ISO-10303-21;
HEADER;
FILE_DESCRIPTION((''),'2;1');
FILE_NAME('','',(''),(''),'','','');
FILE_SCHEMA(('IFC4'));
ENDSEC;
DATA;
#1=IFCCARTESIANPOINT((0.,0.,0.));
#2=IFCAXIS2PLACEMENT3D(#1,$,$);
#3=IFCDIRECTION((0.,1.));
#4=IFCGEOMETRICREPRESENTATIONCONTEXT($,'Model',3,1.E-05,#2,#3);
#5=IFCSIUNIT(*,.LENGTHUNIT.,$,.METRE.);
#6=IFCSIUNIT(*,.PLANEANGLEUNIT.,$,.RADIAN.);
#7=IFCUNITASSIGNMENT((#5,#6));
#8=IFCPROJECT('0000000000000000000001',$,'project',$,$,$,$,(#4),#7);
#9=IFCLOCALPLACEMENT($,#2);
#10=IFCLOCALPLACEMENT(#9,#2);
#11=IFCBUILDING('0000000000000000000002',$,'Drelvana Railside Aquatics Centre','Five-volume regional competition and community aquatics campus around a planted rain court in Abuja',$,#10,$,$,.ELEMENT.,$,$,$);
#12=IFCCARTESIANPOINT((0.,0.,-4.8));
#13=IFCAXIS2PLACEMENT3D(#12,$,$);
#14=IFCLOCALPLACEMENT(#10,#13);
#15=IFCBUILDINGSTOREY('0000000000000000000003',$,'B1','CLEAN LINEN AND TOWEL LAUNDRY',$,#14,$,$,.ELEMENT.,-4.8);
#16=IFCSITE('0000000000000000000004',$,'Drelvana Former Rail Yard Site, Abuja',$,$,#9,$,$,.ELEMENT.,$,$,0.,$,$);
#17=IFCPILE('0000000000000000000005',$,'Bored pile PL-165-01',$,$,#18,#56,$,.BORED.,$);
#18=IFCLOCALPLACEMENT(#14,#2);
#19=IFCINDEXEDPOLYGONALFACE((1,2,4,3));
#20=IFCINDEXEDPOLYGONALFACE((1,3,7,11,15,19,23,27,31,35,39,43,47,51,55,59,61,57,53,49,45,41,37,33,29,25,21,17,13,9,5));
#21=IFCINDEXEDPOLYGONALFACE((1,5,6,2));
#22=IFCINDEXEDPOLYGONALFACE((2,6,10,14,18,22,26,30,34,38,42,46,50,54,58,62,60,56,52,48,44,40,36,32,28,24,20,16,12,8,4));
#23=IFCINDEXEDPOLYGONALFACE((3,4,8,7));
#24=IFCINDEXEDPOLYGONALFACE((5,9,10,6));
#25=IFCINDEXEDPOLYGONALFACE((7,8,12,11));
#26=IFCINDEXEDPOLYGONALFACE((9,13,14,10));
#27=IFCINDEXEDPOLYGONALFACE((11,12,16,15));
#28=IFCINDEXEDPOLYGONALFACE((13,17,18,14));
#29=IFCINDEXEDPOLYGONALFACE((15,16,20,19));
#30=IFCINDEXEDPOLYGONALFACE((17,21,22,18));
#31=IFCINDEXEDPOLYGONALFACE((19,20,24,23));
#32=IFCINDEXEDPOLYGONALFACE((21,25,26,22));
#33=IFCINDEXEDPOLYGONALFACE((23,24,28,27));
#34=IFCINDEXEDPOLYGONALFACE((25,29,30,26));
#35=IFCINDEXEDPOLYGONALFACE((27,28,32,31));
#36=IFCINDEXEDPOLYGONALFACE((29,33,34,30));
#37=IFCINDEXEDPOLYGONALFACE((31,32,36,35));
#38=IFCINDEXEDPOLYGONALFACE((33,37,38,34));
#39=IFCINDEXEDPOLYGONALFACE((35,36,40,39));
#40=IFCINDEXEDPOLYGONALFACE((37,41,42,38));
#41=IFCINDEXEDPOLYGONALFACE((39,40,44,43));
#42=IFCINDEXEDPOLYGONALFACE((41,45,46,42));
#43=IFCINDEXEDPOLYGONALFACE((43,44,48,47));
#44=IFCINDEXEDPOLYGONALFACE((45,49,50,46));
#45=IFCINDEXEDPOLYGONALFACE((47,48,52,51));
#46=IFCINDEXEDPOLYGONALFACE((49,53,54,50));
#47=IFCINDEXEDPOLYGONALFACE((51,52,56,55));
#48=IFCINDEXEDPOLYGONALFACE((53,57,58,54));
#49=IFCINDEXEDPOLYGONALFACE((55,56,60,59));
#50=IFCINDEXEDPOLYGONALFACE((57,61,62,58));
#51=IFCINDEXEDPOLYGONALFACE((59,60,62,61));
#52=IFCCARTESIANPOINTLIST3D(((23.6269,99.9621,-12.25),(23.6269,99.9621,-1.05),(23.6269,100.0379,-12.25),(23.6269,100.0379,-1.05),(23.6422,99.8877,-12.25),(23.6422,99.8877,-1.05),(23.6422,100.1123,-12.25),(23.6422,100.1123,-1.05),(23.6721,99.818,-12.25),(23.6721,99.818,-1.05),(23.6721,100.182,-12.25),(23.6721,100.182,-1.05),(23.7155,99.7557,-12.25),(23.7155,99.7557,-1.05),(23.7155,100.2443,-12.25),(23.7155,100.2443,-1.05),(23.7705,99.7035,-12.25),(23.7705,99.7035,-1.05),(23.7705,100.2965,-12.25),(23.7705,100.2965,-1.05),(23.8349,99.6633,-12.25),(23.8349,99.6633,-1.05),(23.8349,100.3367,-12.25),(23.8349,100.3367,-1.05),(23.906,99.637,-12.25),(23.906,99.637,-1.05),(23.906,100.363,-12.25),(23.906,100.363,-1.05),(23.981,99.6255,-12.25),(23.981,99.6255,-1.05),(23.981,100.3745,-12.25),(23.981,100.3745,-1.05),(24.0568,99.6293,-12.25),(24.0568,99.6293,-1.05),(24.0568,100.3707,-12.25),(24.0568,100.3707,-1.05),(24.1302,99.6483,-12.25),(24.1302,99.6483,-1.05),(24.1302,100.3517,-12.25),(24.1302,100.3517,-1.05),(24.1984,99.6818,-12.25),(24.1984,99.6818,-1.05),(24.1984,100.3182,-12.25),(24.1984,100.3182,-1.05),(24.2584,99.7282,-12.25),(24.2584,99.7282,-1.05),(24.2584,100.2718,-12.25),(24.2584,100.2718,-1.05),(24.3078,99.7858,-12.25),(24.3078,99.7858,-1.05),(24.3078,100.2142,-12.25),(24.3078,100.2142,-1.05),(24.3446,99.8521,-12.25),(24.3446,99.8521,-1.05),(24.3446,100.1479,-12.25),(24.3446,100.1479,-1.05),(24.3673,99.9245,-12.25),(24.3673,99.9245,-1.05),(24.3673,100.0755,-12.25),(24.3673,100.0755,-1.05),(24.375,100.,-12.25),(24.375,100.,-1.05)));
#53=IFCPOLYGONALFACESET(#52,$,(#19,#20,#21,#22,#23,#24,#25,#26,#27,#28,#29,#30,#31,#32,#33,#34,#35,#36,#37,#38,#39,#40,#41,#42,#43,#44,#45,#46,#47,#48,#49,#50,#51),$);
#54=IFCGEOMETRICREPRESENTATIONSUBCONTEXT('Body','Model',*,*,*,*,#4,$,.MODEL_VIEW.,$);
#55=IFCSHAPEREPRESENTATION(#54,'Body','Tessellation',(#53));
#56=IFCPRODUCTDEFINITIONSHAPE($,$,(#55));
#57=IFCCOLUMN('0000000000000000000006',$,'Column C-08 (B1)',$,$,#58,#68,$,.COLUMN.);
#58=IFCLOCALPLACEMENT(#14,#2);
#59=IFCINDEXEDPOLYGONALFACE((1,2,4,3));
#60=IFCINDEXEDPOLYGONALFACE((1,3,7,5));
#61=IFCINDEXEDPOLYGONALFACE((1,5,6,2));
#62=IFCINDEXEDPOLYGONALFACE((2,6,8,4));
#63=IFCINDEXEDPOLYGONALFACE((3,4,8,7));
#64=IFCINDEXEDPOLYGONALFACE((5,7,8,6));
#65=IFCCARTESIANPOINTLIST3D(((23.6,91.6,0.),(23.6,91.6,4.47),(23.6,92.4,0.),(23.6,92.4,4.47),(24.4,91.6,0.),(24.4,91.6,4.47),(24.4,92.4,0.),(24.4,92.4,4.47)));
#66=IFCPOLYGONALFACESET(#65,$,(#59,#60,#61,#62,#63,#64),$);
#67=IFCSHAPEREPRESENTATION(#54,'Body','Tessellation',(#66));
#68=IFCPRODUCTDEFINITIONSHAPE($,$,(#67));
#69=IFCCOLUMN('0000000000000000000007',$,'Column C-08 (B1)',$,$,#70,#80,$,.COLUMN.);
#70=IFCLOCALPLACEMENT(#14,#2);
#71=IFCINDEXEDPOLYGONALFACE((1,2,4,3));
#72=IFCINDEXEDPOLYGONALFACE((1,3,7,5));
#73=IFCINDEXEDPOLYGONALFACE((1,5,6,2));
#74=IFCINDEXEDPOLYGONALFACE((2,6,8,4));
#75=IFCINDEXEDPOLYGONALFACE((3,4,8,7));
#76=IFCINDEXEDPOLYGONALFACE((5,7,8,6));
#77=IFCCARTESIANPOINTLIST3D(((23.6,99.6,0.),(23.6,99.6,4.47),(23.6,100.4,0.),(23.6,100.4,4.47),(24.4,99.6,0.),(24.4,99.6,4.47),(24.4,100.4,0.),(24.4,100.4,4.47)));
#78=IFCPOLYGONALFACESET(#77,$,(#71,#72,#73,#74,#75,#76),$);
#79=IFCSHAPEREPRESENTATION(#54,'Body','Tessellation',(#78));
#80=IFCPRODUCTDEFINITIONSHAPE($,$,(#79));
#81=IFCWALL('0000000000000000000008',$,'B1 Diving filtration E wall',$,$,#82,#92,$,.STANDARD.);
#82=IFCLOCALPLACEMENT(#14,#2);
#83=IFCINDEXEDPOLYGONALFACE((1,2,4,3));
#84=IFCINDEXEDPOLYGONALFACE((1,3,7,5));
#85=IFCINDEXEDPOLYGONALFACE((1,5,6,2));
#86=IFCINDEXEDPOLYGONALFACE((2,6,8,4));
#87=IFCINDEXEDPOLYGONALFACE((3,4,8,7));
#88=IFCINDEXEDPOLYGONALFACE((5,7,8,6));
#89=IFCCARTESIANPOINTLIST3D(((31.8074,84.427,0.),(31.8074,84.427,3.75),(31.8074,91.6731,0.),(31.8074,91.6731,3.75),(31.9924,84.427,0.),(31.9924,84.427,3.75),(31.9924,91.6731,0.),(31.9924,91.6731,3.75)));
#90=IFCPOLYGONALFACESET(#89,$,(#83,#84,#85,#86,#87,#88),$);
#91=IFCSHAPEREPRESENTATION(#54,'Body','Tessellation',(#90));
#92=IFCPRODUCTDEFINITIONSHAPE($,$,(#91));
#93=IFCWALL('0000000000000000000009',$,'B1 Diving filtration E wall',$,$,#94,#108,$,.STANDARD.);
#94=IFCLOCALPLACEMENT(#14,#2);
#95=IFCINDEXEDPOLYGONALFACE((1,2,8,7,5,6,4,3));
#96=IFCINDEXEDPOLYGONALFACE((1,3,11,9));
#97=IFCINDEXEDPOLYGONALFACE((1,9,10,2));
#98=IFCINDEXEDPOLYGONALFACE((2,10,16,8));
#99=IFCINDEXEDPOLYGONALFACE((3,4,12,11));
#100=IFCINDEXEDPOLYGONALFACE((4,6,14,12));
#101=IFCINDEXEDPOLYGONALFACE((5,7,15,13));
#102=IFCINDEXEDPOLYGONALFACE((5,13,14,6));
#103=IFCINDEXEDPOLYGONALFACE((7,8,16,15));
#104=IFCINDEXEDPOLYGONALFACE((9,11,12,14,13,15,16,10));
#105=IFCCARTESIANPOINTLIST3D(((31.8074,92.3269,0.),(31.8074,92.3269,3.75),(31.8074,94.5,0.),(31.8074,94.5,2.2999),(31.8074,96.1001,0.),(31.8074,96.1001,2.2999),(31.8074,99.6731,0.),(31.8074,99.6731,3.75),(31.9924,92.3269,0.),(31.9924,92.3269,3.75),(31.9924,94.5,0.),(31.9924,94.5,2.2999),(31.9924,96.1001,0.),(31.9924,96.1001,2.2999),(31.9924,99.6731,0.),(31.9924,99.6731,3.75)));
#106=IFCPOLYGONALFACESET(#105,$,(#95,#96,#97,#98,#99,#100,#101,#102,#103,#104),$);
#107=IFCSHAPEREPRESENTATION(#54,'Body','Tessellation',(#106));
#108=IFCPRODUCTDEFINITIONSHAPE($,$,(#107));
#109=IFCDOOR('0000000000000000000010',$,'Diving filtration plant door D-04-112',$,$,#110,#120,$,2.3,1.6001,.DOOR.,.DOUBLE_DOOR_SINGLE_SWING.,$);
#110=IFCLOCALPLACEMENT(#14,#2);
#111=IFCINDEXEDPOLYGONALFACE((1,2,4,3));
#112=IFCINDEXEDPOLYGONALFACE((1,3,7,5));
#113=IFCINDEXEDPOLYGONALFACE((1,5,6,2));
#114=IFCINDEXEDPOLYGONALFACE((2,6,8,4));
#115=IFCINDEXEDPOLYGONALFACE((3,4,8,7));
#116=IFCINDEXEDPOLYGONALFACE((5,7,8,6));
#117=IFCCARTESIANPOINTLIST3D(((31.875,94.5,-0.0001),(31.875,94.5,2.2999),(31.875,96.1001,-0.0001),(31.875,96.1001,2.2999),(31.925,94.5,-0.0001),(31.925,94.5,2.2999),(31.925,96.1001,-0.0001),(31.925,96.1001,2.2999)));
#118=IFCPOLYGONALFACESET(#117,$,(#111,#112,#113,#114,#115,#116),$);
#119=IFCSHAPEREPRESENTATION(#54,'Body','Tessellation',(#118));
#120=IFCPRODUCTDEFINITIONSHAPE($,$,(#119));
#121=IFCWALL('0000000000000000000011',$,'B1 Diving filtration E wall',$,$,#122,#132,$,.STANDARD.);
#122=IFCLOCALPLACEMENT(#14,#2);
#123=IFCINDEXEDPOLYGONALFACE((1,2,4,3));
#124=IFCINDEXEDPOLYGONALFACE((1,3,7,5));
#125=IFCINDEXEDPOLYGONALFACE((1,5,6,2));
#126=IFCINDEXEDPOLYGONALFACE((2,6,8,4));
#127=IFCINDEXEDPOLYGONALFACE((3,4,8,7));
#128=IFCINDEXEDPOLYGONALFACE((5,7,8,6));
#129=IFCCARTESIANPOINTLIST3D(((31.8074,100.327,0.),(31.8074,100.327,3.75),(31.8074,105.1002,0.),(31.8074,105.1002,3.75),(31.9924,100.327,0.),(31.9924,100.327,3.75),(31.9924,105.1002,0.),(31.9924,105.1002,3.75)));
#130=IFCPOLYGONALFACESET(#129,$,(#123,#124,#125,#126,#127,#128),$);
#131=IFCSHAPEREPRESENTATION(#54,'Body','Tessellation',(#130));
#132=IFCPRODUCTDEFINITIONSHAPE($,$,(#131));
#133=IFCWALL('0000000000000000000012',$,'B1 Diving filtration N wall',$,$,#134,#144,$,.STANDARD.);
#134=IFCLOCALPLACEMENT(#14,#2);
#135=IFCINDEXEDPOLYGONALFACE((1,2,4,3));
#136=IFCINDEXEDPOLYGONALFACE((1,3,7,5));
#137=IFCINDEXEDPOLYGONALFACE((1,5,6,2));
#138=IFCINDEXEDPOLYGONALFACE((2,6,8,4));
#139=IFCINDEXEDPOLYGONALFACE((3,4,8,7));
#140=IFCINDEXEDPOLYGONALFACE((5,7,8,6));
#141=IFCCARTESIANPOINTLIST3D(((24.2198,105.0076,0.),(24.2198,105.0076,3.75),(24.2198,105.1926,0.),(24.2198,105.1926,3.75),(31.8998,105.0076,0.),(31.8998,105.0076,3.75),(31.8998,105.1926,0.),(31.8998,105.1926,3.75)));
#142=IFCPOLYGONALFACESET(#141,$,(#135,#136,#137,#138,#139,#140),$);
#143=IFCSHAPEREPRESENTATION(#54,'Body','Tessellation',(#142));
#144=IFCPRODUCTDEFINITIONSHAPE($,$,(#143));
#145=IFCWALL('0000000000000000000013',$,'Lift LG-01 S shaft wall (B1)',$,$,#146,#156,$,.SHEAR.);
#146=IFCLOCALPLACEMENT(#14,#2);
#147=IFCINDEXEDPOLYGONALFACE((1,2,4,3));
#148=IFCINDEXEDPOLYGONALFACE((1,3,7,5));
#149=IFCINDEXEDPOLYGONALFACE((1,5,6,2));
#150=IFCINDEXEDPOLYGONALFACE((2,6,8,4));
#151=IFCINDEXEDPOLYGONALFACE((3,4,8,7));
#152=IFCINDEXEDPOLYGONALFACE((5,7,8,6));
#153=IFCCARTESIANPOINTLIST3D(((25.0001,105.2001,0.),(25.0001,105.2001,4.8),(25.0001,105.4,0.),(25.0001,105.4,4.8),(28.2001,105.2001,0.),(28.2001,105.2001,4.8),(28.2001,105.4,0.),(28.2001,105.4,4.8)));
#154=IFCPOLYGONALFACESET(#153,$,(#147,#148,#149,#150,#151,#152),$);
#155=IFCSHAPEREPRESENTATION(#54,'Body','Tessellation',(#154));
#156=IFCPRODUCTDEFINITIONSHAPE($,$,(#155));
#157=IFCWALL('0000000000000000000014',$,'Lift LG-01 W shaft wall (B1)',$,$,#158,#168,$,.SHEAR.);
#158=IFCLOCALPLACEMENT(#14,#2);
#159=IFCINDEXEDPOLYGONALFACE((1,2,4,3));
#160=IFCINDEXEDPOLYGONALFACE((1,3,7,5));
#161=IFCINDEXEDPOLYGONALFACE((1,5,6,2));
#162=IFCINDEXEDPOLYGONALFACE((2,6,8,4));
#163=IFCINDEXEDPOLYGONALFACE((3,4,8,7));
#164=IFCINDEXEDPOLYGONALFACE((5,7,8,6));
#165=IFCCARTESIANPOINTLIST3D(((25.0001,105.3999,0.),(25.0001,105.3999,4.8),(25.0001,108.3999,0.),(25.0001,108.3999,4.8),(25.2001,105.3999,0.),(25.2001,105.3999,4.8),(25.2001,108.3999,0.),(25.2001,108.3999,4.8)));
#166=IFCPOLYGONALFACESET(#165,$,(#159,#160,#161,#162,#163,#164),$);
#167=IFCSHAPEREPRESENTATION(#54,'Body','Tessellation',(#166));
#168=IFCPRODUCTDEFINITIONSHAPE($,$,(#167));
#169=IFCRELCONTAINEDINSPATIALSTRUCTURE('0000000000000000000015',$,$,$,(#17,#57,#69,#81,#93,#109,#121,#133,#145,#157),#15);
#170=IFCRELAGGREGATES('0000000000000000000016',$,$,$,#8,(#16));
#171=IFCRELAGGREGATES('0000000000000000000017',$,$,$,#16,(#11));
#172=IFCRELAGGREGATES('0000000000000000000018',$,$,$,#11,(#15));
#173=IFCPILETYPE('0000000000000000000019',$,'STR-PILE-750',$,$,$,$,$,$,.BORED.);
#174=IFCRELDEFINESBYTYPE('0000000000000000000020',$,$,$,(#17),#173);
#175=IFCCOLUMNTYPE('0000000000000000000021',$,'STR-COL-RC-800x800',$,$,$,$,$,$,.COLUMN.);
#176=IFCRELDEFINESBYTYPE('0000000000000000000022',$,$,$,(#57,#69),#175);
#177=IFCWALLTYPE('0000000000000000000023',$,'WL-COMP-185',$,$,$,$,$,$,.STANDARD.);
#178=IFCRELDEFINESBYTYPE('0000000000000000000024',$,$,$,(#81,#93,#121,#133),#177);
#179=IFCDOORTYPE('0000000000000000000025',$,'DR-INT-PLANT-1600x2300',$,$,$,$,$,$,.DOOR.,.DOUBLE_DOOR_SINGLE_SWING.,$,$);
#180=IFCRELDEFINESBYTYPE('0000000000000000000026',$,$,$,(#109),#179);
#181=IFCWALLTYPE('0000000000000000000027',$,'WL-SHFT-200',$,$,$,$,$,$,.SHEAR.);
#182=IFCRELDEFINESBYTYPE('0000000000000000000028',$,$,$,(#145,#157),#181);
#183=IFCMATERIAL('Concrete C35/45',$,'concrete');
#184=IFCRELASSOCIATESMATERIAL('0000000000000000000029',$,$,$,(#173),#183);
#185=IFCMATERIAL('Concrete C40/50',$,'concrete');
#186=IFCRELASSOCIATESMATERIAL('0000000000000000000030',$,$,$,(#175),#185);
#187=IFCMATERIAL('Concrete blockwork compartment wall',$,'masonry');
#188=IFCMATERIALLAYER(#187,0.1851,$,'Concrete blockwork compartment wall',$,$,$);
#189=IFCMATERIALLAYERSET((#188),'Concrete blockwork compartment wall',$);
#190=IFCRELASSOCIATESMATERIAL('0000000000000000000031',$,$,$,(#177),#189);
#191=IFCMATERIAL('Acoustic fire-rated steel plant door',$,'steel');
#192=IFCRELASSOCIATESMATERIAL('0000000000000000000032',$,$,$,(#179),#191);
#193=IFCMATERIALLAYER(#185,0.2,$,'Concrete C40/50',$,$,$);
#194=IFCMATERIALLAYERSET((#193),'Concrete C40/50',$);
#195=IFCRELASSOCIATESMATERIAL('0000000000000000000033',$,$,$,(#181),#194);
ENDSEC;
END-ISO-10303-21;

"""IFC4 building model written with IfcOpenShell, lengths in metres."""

from ifc_helpers import new_model, si_unit, direction, frame, frame_2d, origin, origin_2d, place, context, subcontext, project, spatial, rectangle, circle, extrude, material, layer, layer_set, material_profile, profile_set, type_object, element, fill, save


model = new_model("IFC4")

# Units and contexts
model_context = context("Model", 3, precision=1e-05, world=origin(), true_north=direction((0.0, 1.0)))
body_context = subcontext(model_context, "Body", "Model", "MODEL_VIEW")
ifc_project = project(units=[si_unit("LENGTHUNIT", "METRE"), si_unit("PLANEANGLEUNIT", "RADIAN")], contexts=[model_context])

# Site, building, storey
site_placement = place(None, origin())
site = spatial("IfcSite", under=ifc_project, at=site_placement, Name="Drelvana Former Rail Yard Site, Abuja", CompositionType="ELEMENT", RefElevation=0.0)
building_placement = place(site_placement, origin())
building = spatial("IfcBuilding", under=site, at=building_placement, Name="Drelvana Railside Aquatics Centre", Description="Five-volume regional competition and community aquatics campus around a planted rain court in Abuja", CompositionType="ELEMENT")
storey_placement = place(building_placement, frame((0.0, 0.0, -4.8)))
storey = spatial("IfcBuildingStorey", under=building, at=storey_placement, Name="B1", Description="CLEAN LINEN AND TOWEL LAUNDRY", CompositionType="ELEMENT", Elevation=-4.8)

# Shared definitions
ifc_material_1 = material(Name="Concrete C35/45", Category="concrete")

# Pile
ifc_material_profile_1 = material_profile(ifc_material_1, circle(Radius=0.375, at=origin_2d()), Name="PILE D750")
ifc_profile_set_1 = profile_set([ifc_material_profile_1], Name="Concrete C35/45")
pile_type = type_object("IfcPileType", Name="STR-PILE-750", PredefinedType="BORED", material=ifc_profile_set_1)
for number, where, z_axis, x_axis, name in (
    (1, (24.0, 100.0, -1.05), (0.0, 0.0, -1.0), (1.0, 0.0, 0.0), "Bored pile PL-165-01"),
):
    element("IfcPile", number, at=place(storey_placement, frame(where, z_axis=z_axis, x_axis=x_axis)), inside=storey, type_object=pile_type, Name=name, PredefinedType="BORED", context=body_context, shape_type="SweptSolid", body=[
        extrude(circle(Radius=0.375, at=origin_2d()), origin(), (0.0, 0.0, 1.0), 11.2),
    ])

# Columns
ifc_material_2 = material(Name="Concrete C40/50", Category="concrete")
ifc_material_profile_2 = material_profile(ifc_material_2, rectangle(XDim=0.8, YDim=0.8, at=origin_2d()), Name="RC 800x800")
ifc_profile_set_2 = profile_set([ifc_material_profile_2], Name="Concrete C40/50")
column_type = type_object("IfcColumnType", Name="STR-COL-RC-800x800", PredefinedType="COLUMN", material=ifc_profile_set_2)
for number, where, z_axis, x_axis, name in (
    (2, (24.0, 92.0, 0.0), (0.0, 0.0, 1.0), (1.0, 0.0, 0.0), "Column C-08 (B1)"),
    (3, (24.0, 100.0, 0.0), (0.0, 0.0, 1.0), (1.0, 0.0, 0.0), "Column C-08 (B1)"),
):
    element("IfcColumn", number, at=place(storey_placement, frame(where, z_axis=z_axis, x_axis=x_axis)), inside=storey, type_object=column_type, Name=name, PredefinedType="COLUMN", context=body_context, shape_type="SweptSolid", body=[
        extrude(rectangle(XDim=0.8, YDim=0.8, at=origin_2d()), origin(), (0.0, 0.0, 1.0), 4.47),
    ])

# Wall
ifc_material_3 = material(Name="Concrete blockwork compartment wall", Category="masonry")
ifc_layer_1 = layer(ifc_material_3, 0.1851, Name="Concrete blockwork compartment wall")
ifc_layer_set_1 = layer_set([ifc_layer_1], Name="Concrete blockwork compartment wall")
wall_type_1 = type_object("IfcWallType", Name="WL-COMP-185", PredefinedType="STANDARD", material=ifc_layer_set_1)
wall_1_placement = place(storey_placement, frame((31.8999, 84.427, 0.0), z_axis=(0.0, 0.0, 1.0), x_axis=(0.0, 1.0, 0.0)))
element("IfcWall", 4, at=wall_1_placement, inside=storey, type_object=wall_type_1, Name="B1 Diving filtration E wall", PredefinedType="STANDARD", context=body_context, shape_type="SweptSolid", body=[
    extrude(rectangle(XDim=7.2461, YDim=0.1851, at=frame_2d((3.623, 0.0))), origin(), (0.0, 0.0, 1.0), 3.75),
])

# Wall, opening, door
wall_2_placement = place(storey_placement, frame((31.8999, 92.3269, 0.0), z_axis=(0.0, 0.0, 1.0), x_axis=(0.0, 1.0, 0.0)))
wall_2 = element("IfcWall", 5, at=wall_2_placement, inside=storey, type_object=wall_type_1, Name="B1 Diving filtration E wall", PredefinedType="STANDARD", context=body_context, shape_type="SweptSolid", body=[
    extrude(rectangle(XDim=7.3462, YDim=0.1851, at=frame_2d((3.6731, 0.0))), origin(), (0.0, 0.0, 1.0), 3.75),
])
opening_1_placement = place(wall_2_placement, frame((2.1731, 0.0, 0.0)))
opening_1 = element("IfcOpeningElement", 6, at=opening_1_placement, cuts=wall_2, PredefinedType="OPENING", context=body_context, shape_type="SweptSolid", body=[
    extrude(rectangle(XDim=1.6001, YDim=2.3, at=frame_2d((0.8, 1.1499))), frame((0.0, 0.1025, 0.0), z_axis=(0.0, -1.0, 0.0), x_axis=(1.0, 0.0, 0.0)), (0.0, 0.0, 1.0), 0.2051),
])
ifc_material_4 = material(Name="Acoustic fire-rated steel plant door", Category="steel")
door_type_1 = type_object("IfcDoorType", Name="DR-INT-PLANT-1600x2300", OperationType="DOUBLE_DOOR_SINGLE_SWING", PredefinedType="DOOR", material=ifc_material_4)
door_1_placement = place(opening_1_placement, origin())
door_1 = element("IfcDoor", 7, at=door_1_placement, inside=storey, type_object=door_type_1, Name="Diving filtration plant door D-04-112", OperationType="DOUBLE_DOOR_SINGLE_SWING", OverallHeight=2.3, OverallWidth=1.6001, PredefinedType="DOOR", context=body_context, shape_type="SweptSolid", body=[
    extrude(rectangle(XDim=1.6001, YDim=2.3, at=frame_2d((0.8, 1.1499))), frame((0.0, 0.0249, 0.0), z_axis=(0.0, -1.0, 0.0), x_axis=(1.0, 0.0, 0.0)), (0.0, 0.0, 1.0), 0.05),
])
fill(opening_1, door_1)

# Walls
wall_3_placement = place(storey_placement, frame((31.8999, 100.3269, 0.0), z_axis=(0.0, 0.0, 1.0), x_axis=(0.0, 1.0, 0.0)))
element("IfcWall", 8, at=wall_3_placement, inside=storey, type_object=wall_type_1, Name="B1 Diving filtration E wall", PredefinedType="STANDARD", context=body_context, shape_type="SweptSolid", body=[
    extrude(rectangle(XDim=4.7732, YDim=0.1851, at=frame_2d((2.3867, 0.0))), origin(), (0.0, 0.0, 1.0), 3.75),
])
wall_4_placement = place(storey_placement, frame((24.22, 105.1001, 0.0), z_axis=(0.0, 0.0, 1.0), x_axis=(1.0, 0.0, 0.0)))
element("IfcWall", 9, at=wall_4_placement, inside=storey, type_object=wall_type_1, Name="B1 Diving filtration N wall", PredefinedType="STANDARD", context=body_context, shape_type="SweptSolid", body=[
    extrude(rectangle(XDim=7.6799, YDim=0.1851, at=frame_2d((3.8398, 0.0))), origin(), (0.0, 0.0, 1.0), 3.75),
])
ifc_layer_2 = layer(ifc_material_2, 0.2, Name="Concrete C40/50")
ifc_layer_set_2 = layer_set([ifc_layer_2], Name="Concrete C40/50")
wall_type_2 = type_object("IfcWallType", Name="WL-SHFT-200", PredefinedType="SHEAR", material=ifc_layer_set_2)
wall_5_placement = place(storey_placement, frame((25.0, 105.3, 0.0), z_axis=(0.0, 0.0, 1.0), x_axis=(1.0, 0.0, 0.0)))
element("IfcWall", 10, at=wall_5_placement, inside=storey, type_object=wall_type_2, Name="Lift LG-01 S shaft wall (B1)", PredefinedType="SHEAR", context=body_context, shape_type="SweptSolid", body=[
    extrude(rectangle(XDim=3.2, YDim=0.2, at=frame_2d((1.6001, 0.0))), origin(), (0.0, 0.0, 1.0), 4.8),
])
wall_6_placement = place(storey_placement, frame((25.1001, 105.3999, 0.0), z_axis=(0.0, 0.0, 1.0), x_axis=(0.0, 1.0, 0.0)))
element("IfcWall", 11, at=wall_6_placement, inside=storey, type_object=wall_type_2, Name="Lift LG-01 W shaft wall (B1)", PredefinedType="SHEAR", context=body_context, shape_type="SweptSolid", body=[
    extrude(rectangle(XDim=3.0, YDim=0.2, at=frame_2d((1.5, 0.0))), origin(), (0.0, 0.0, 1.0), 4.8),
])

save(model, "model.ifc")
